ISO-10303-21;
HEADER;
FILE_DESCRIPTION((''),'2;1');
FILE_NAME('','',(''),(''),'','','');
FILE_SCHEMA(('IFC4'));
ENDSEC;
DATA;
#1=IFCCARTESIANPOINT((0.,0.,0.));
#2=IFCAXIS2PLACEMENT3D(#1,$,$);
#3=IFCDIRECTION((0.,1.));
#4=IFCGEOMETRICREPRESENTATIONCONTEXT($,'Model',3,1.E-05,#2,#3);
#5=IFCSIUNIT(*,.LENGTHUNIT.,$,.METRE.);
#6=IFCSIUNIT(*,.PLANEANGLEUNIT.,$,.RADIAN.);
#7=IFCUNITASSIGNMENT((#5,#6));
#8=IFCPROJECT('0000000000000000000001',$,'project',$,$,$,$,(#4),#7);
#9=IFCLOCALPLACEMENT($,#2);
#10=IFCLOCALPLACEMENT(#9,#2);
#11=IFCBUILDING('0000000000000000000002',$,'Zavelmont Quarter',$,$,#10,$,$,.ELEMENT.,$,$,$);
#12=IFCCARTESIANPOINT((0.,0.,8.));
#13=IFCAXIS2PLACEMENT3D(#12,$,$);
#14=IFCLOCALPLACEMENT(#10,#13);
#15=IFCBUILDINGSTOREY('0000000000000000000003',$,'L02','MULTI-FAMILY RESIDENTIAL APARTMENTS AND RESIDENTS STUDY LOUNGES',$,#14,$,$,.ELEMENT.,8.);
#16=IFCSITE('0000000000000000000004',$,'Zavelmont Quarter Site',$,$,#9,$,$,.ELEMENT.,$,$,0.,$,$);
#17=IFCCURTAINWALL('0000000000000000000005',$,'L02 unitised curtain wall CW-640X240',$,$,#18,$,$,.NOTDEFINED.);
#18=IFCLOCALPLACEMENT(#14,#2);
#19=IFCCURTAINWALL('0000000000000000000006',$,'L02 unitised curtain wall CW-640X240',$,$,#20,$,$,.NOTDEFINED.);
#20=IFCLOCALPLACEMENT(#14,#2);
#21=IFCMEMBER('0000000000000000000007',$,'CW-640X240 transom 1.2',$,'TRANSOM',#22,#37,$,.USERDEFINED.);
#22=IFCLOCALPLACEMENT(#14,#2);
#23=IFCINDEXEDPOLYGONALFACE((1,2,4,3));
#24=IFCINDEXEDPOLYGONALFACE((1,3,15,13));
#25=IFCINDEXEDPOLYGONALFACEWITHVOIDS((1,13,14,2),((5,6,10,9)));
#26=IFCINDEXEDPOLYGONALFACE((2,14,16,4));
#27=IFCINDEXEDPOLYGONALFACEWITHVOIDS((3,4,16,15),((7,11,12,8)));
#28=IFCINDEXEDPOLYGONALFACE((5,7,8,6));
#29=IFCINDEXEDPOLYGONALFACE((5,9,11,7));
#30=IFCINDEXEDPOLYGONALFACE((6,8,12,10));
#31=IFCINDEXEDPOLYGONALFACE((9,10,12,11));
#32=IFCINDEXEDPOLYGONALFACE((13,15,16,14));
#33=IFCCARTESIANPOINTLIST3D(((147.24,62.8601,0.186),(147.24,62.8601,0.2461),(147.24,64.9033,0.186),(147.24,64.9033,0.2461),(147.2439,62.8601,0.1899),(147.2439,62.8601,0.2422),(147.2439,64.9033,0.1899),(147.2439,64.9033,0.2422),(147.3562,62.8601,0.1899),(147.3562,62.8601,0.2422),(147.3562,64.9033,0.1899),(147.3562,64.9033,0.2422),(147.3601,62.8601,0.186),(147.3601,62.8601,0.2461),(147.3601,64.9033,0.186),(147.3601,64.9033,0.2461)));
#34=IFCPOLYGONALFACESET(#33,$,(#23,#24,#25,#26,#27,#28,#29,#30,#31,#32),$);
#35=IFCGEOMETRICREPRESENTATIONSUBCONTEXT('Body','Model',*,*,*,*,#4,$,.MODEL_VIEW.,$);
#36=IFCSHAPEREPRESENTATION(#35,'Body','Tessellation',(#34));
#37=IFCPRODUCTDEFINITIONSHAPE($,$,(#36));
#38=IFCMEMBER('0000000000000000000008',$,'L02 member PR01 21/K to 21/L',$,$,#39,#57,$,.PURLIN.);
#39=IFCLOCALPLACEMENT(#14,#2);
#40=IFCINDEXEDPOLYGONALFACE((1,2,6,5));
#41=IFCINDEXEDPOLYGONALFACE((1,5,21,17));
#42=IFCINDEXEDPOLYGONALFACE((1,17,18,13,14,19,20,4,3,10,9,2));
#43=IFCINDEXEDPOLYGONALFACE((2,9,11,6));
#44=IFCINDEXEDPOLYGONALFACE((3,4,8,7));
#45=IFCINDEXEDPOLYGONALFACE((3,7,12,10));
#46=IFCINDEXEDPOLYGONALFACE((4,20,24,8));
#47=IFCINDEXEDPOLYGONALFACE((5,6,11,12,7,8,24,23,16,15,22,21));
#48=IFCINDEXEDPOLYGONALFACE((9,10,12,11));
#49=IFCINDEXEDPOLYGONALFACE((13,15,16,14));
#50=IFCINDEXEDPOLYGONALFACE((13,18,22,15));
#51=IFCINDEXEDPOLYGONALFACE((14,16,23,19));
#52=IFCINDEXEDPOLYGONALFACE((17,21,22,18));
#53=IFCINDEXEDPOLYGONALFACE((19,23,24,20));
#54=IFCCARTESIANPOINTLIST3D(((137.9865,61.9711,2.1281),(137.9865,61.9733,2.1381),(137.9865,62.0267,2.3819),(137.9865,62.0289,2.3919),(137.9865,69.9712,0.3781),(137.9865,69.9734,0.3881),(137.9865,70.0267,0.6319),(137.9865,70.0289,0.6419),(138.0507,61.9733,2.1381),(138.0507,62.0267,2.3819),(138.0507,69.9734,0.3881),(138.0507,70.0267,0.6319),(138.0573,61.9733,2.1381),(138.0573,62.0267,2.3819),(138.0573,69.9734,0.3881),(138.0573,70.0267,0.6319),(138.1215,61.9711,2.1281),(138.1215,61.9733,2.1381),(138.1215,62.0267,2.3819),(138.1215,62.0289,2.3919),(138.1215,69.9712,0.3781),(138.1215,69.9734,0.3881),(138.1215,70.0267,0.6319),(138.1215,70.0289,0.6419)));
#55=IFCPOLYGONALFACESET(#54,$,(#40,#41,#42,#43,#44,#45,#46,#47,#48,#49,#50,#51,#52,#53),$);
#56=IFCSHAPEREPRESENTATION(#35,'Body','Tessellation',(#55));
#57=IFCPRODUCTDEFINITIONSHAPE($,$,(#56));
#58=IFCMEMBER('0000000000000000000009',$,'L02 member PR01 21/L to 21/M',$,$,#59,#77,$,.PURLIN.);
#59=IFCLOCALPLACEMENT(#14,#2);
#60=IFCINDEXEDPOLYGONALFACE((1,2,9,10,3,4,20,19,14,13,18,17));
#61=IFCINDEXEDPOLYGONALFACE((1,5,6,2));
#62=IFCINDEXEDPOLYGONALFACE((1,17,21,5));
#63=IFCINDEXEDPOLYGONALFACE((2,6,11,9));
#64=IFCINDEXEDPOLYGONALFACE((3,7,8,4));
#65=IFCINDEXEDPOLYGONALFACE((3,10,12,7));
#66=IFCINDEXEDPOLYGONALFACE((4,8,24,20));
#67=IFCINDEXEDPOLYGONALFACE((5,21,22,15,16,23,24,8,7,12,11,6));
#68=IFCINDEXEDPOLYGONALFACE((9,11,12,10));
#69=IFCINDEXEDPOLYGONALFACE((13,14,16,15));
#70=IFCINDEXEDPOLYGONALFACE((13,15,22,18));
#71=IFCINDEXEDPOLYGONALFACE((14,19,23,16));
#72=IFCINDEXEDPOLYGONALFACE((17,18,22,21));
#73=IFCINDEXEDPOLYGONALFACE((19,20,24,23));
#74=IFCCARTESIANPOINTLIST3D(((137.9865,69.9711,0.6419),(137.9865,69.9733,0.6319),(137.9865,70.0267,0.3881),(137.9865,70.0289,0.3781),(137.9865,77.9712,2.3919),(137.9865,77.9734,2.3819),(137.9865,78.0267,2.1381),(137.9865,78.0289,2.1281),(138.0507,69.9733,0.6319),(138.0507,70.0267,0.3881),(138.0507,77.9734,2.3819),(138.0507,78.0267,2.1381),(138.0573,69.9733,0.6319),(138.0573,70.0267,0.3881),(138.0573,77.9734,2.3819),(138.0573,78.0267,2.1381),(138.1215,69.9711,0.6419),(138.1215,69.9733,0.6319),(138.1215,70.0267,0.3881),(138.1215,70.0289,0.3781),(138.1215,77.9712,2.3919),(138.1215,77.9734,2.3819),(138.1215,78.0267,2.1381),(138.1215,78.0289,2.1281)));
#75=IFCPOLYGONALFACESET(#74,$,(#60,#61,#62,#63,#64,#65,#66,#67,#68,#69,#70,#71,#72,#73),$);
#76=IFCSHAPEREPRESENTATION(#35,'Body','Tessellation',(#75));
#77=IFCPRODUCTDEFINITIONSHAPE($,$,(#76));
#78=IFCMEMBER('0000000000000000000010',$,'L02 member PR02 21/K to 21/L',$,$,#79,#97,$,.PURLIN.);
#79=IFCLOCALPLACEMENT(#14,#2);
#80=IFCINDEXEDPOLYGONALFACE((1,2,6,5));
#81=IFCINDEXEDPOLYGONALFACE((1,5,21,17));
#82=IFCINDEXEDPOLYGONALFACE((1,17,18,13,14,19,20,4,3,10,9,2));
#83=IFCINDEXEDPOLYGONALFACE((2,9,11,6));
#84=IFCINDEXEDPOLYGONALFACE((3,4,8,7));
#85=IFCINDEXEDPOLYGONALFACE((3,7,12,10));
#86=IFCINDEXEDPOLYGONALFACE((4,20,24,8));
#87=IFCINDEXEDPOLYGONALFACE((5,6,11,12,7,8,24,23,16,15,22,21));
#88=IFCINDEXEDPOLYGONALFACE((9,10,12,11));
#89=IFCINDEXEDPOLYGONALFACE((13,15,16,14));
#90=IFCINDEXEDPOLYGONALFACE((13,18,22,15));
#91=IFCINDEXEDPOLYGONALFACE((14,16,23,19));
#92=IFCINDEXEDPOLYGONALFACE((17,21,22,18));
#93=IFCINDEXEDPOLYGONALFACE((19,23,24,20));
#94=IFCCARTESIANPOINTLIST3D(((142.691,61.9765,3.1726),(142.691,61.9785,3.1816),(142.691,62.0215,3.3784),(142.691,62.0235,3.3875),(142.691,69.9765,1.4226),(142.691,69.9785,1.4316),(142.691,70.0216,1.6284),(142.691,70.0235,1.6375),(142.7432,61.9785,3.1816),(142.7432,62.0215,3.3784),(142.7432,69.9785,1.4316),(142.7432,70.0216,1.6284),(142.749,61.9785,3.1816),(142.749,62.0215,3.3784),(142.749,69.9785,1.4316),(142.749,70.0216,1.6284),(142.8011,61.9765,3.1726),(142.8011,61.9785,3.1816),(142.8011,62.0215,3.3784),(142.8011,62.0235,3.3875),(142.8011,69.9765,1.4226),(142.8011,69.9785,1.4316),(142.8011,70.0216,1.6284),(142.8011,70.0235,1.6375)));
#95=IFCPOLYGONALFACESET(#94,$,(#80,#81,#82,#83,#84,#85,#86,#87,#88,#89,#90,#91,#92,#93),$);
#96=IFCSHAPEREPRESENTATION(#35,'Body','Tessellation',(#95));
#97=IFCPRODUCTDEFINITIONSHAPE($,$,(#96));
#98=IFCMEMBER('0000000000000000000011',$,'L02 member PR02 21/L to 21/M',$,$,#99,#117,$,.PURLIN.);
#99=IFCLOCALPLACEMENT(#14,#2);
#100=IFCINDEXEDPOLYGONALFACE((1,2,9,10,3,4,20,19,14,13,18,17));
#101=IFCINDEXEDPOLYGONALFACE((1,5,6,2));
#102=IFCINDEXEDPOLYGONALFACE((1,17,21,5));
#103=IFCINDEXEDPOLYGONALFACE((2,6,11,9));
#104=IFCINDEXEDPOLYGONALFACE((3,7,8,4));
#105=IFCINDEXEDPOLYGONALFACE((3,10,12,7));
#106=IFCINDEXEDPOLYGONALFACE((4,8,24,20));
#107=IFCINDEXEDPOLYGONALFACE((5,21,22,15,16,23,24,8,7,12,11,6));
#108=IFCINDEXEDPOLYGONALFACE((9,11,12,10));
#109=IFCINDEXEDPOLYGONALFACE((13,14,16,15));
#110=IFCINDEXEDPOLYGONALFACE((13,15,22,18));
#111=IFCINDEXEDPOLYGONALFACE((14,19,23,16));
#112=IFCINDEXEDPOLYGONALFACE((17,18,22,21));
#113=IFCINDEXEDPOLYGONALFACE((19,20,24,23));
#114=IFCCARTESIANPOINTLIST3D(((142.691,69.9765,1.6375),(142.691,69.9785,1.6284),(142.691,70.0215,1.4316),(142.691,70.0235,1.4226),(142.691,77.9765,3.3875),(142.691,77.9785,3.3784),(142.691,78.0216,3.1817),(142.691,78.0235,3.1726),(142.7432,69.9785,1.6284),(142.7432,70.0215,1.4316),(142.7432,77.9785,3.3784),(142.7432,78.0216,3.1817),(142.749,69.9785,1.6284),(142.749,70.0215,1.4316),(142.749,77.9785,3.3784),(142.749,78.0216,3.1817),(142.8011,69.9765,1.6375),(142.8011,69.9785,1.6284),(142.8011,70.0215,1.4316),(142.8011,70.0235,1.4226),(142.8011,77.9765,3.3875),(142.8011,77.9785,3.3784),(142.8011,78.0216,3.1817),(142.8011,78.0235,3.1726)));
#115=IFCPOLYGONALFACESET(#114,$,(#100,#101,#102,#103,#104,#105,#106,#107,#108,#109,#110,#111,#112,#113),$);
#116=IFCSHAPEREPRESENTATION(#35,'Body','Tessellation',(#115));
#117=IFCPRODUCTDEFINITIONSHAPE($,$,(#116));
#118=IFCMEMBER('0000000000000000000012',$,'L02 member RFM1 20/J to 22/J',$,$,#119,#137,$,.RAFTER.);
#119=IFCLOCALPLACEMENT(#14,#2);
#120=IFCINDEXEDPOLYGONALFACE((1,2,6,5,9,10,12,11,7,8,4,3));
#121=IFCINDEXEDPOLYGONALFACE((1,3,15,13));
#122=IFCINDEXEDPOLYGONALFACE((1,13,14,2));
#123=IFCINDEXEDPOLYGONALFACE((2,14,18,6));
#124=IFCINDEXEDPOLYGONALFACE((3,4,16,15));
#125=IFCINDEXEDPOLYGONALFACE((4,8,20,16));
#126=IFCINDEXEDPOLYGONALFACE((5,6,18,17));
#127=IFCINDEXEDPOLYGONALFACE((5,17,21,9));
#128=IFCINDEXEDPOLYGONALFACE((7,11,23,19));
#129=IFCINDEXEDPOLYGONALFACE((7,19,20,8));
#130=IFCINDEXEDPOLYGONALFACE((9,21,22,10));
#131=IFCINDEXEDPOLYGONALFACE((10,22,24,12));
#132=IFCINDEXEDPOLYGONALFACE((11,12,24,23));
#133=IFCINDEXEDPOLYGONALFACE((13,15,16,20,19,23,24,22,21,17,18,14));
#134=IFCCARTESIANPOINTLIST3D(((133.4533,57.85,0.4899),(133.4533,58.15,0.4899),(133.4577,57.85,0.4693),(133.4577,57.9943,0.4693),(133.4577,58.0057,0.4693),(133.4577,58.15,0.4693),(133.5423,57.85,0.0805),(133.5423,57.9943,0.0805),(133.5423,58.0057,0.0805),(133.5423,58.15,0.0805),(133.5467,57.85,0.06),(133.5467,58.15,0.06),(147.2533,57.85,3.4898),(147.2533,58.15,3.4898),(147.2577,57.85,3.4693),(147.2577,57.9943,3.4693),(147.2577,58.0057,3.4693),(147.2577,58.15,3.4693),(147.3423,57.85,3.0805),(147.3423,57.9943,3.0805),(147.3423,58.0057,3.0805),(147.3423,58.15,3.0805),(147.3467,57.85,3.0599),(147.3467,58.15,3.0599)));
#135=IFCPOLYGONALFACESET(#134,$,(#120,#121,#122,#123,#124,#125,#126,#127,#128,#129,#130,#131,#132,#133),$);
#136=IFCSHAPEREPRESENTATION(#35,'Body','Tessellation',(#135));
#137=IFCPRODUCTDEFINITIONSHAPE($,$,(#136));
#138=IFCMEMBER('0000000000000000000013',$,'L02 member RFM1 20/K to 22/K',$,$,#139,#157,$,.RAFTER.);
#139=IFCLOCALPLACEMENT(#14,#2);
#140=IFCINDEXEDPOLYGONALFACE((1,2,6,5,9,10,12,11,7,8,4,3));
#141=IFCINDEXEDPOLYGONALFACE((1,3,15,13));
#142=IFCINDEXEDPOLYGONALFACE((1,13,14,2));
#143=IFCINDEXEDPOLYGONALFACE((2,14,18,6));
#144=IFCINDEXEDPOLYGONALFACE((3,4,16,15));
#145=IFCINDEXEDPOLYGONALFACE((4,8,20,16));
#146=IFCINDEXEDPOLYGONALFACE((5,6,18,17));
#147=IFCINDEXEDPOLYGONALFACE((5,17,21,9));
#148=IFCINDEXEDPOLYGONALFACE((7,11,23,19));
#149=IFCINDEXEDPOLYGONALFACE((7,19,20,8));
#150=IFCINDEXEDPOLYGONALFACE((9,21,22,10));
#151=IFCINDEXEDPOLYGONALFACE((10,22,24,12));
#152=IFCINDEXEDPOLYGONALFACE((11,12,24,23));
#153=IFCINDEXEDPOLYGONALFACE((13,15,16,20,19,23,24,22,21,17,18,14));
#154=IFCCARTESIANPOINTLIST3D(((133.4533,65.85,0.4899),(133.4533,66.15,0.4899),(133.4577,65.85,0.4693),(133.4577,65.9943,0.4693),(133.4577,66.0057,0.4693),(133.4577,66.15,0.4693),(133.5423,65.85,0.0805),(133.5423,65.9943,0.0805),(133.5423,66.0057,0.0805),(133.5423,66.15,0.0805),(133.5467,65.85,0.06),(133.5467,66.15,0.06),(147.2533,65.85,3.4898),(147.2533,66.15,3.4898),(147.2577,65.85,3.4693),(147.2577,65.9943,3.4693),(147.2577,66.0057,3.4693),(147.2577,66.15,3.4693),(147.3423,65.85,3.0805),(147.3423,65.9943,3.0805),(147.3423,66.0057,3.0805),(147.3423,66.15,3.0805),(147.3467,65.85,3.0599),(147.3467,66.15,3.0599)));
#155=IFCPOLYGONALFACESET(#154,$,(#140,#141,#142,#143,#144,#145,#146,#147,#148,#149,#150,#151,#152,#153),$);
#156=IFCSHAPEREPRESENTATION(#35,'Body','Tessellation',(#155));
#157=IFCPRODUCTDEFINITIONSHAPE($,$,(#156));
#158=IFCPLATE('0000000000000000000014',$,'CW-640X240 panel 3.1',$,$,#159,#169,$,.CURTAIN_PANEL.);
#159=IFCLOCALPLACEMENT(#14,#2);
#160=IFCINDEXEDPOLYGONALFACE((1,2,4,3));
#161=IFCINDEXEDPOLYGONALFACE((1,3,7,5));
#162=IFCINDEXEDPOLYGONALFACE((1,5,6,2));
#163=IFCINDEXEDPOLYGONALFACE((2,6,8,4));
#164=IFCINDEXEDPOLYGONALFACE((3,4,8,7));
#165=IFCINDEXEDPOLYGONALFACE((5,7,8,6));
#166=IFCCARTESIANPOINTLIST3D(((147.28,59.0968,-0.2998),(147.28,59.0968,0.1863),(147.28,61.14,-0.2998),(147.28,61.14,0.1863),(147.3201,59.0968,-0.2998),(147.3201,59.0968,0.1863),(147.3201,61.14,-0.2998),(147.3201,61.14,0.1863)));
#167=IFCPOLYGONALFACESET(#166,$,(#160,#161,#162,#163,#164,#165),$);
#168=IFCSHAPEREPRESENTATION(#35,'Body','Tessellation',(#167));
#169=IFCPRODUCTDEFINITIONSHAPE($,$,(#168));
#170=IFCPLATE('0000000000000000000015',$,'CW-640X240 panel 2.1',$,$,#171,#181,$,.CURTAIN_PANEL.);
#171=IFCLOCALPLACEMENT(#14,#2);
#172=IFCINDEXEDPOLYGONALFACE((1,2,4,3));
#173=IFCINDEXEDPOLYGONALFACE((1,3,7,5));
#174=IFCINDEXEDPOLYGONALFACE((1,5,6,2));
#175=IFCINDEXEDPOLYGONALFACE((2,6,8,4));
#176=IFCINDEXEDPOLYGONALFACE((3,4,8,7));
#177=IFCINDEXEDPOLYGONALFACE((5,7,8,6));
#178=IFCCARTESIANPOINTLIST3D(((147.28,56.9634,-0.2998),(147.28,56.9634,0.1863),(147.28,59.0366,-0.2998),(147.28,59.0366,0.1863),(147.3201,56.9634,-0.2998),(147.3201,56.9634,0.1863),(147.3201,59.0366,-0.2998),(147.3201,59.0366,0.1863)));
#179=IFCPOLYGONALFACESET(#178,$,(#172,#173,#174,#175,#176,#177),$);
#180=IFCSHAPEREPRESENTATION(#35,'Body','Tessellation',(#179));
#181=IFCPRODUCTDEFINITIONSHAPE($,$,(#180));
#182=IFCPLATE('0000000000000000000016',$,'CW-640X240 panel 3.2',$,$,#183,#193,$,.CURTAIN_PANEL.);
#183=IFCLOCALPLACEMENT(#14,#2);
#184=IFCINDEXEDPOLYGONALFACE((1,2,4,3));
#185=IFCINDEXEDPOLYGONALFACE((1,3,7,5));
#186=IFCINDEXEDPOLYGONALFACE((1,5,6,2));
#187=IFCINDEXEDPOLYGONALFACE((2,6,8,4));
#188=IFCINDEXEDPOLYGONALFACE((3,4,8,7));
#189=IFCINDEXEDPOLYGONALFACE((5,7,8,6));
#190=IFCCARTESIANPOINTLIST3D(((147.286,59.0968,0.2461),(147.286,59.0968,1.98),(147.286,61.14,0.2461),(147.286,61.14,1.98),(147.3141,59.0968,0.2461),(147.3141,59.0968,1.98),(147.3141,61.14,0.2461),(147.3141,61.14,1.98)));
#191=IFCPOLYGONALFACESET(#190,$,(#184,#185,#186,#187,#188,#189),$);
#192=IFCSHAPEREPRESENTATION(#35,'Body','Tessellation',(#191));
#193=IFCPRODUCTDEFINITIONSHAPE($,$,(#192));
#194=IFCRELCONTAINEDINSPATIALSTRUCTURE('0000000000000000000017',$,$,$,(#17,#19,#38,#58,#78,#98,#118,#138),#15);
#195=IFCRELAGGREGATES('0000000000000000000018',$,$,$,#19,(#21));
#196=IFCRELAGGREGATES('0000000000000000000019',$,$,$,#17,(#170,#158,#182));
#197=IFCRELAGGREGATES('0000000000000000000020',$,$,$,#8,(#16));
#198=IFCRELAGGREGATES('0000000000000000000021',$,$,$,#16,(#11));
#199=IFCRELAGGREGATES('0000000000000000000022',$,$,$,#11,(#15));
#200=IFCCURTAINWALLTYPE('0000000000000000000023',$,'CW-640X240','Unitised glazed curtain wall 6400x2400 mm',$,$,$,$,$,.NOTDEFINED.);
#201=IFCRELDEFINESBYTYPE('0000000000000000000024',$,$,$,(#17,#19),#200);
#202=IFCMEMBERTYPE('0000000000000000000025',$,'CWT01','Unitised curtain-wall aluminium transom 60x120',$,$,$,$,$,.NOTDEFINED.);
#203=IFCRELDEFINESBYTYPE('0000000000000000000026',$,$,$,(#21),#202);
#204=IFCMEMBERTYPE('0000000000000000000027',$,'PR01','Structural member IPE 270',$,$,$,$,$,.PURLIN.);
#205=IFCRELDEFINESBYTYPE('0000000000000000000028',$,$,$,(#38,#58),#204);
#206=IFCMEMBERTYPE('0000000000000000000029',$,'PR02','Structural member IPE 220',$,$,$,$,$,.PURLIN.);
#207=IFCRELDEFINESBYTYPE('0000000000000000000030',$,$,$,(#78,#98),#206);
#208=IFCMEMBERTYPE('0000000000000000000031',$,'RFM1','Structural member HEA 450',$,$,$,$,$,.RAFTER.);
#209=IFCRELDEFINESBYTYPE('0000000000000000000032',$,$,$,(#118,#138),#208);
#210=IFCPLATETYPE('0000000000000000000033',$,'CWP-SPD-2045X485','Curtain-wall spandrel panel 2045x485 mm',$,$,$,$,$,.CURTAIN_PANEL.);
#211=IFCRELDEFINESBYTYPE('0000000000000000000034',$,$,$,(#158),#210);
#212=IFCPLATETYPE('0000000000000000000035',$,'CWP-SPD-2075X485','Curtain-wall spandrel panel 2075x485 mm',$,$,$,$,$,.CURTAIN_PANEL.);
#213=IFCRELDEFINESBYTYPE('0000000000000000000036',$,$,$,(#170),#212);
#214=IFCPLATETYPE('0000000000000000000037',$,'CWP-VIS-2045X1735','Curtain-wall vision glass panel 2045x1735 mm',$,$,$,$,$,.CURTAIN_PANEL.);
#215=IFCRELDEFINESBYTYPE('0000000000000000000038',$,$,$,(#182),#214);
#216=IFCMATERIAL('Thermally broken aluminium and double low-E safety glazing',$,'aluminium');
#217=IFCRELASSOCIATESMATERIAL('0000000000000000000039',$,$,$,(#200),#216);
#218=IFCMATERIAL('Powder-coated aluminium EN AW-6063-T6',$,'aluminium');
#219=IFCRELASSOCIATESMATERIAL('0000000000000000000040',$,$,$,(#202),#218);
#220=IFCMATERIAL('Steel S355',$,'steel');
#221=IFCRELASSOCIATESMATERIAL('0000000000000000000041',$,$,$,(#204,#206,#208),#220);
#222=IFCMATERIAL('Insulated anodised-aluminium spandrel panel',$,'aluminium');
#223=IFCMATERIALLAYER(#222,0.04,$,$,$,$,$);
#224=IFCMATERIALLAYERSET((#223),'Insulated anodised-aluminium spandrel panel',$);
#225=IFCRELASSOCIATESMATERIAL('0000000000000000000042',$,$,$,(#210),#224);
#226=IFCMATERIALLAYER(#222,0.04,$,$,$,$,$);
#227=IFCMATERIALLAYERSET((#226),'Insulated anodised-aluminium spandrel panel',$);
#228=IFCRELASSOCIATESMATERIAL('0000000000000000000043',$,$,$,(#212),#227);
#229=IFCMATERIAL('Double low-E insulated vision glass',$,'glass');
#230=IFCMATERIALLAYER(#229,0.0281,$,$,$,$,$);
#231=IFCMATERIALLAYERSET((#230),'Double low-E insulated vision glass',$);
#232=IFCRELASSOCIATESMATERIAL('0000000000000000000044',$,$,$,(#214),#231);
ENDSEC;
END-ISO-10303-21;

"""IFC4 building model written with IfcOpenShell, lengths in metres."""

from ifc_helpers import new_model, si_unit, direction, frame, origin, origin_2d, place, context, subcontext, project, spatial, rectangle, hollow_rectangle, i_section, extrude, material, layer, layer_set, material_profile, profile_set, type_object, element, aggregate, save


model = new_model("IFC4")

# Units and contexts
model_context = context("Model", 3, precision=1e-05, world=origin(), true_north=direction((0.0, 1.0)))
body_context = subcontext(model_context, "Body", "Model", "MODEL_VIEW")
ifc_project = project(units=[si_unit("LENGTHUNIT", "METRE"), si_unit("PLANEANGLEUNIT", "RADIAN")], contexts=[model_context])

# Site, building, storey
site_placement = place(None, origin())
site = spatial("IfcSite", under=ifc_project, at=site_placement, Name="Zavelmont Quarter Site", CompositionType="ELEMENT", RefElevation=0.0)
building_placement = place(site_placement, origin())
building = spatial("IfcBuilding", under=site, at=building_placement, Name="Zavelmont Quarter", CompositionType="ELEMENT")
storey_placement = place(building_placement, frame((0.0, 0.0, 8.0)))
storey = spatial("IfcBuildingStorey", under=building, at=storey_placement, Name="L02", Description="MULTI-FAMILY RESIDENTIAL APARTMENTS AND RESIDENTS STUDY LOUNGES", CompositionType="ELEMENT", Elevation=8.0)

# Shared definitions
ifc_material_1 = material(Name="Steel S355", Category="steel")

# Curtain wall
ifc_material_2 = material(Name="Thermally broken aluminium and double low-E safety glazing", Category="aluminium")
curtain_wall_type = type_object("IfcCurtainWallType", Name="CW-640X240", Description="Unitised glazed curtain wall 6400x2400 mm", PredefinedType="NOTDEFINED", material=ifc_material_2)
curtain_wall_1_placement = place(storey_placement, origin())
curtain_wall_1 = element("IfcCurtainWall", 1, at=curtain_wall_1_placement, inside=storey, type_object=curtain_wall_type, Name="L02 unitised curtain wall CW-640X240", PredefinedType="NOTDEFINED")
ifc_material_3 = material(Name="Powder-coated aluminium EN AW-6063-T6", Category="aluminium")

# Curtain wall
curtain_wall_2_placement = place(storey_placement, origin())
curtain_wall_2 = element("IfcCurtainWall", 2, at=curtain_wall_2_placement, inside=storey, type_object=curtain_wall_type, Name="L02 unitised curtain wall CW-640X240", PredefinedType="NOTDEFINED")

# Member
ifc_material_profile_1 = material_profile(ifc_material_3, hollow_rectangle(XDim=0.1201, YDim=0.0601, WallThickness=0.0039, at=origin_2d()), Name="CWT60X120")
ifc_profile_set_1 = profile_set([ifc_material_profile_1], Name="Powder-coated aluminium EN AW-6063-T6")
member_type_1 = type_object("IfcMemberType", Name="CWT01", Description="Unitised curtain-wall aluminium transom 60x120", PredefinedType="NOTDEFINED", material=ifc_profile_set_1)
member_1_placement = place(storey_placement, frame((147.3, 62.8601, 0.2161), z_axis=(0.0, 1.0, 0.0), x_axis=(-1.0, 0.0, 0.0)))
member_1 = element("IfcMember", 3, at=member_1_placement, type_object=member_type_1, Name="CW-640X240 transom 1.2", ObjectType="TRANSOM", PredefinedType="USERDEFINED", context=body_context, shape_type="SweptSolid", body=[
    extrude(hollow_rectangle(XDim=0.1201, YDim=0.0601, WallThickness=0.0039, at=origin_2d()), origin(), (0.0, 0.0, 1.0), 2.0432),
])
aggregate(curtain_wall_2, [member_1])

# Members
ifc_material_profile_2 = material_profile(ifc_material_1, i_section(OverallWidth=0.135, OverallDepth=0.27, WebThickness=0.0066, FlangeThickness=0.0103, at=origin_2d()), Name="IPE 270")
ifc_profile_set_2 = profile_set([ifc_material_profile_2], Name="Steel S355")
member_type_2 = type_object("IfcMemberType", Name="PR01", Description="Structural member IPE 270", PredefinedType="PURLIN", material=ifc_profile_set_2)
for number, where, z_axis, x_axis, name in (
    (4, (138.054, 62.0, 2.26), (0.0, 0.9769, -0.213697), (-1.0, 0.0, 0.0), "L02 member PR01 21/K to 21/L"),
    (5, (138.054, 70.0, 0.51), (0.0, 0.9769, 0.213697), (-1.0, 0.0, 0.0), "L02 member PR01 21/L to 21/M"),
):
    element("IfcMember", number, at=place(storey_placement, frame(where, z_axis=z_axis, x_axis=x_axis)), inside=storey, type_object=member_type_2, Name=name, PredefinedType="PURLIN", context=body_context, shape_type="SweptSolid", body=[
        extrude(i_section(OverallWidth=0.135, OverallDepth=0.27, WebThickness=0.0066, FlangeThickness=0.0103, at=origin_2d()), origin(), (0.0, 0.0, 1.0), 8.1892),
    ])
ifc_material_profile_3 = material_profile(ifc_material_1, i_section(OverallWidth=0.1101, OverallDepth=0.22, WebThickness=0.0059, FlangeThickness=0.0093, at=origin_2d()), Name="IPE 220")
ifc_profile_set_3 = profile_set([ifc_material_profile_3], Name="Steel S355")
member_type_3 = type_object("IfcMemberType", Name="PR02", Description="Structural member IPE 220", PredefinedType="PURLIN", material=ifc_profile_set_3)
for number, where, z_axis, x_axis, name in (
    (6, (142.7461, 62.0, 3.28), (0.0, 0.9769, -0.213697), (-1.0, 0.0, 0.0), "L02 member PR02 21/K to 21/L"),
    (7, (142.7461, 70.0, 1.53), (0.0, 0.9769, 0.213697), (-1.0, 0.0, 0.0), "L02 member PR02 21/L to 21/M"),
):
    element("IfcMember", number, at=place(storey_placement, frame(where, z_axis=z_axis, x_axis=x_axis)), inside=storey, type_object=member_type_3, Name=name, PredefinedType="PURLIN", context=body_context, shape_type="SweptSolid", body=[
        extrude(i_section(OverallWidth=0.1101, OverallDepth=0.22, WebThickness=0.0059, FlangeThickness=0.0093, at=origin_2d()), origin(), (0.0, 0.0, 1.0), 8.1892),
    ])
ifc_material_profile_4 = material_profile(ifc_material_1, i_section(OverallWidth=0.3, OverallDepth=0.4399, WebThickness=0.0115, FlangeThickness=0.021, at=origin_2d()), Name="HEA 450")
ifc_profile_set_4 = profile_set([ifc_material_profile_4], Name="Steel S355")
member_type_4 = type_object("IfcMemberType", Name="RFM1", Description="Structural member HEA 450", PredefinedType="RAFTER", material=ifc_profile_set_4)
for number, where, z_axis, x_axis, name in (
    (8, (133.5, 58.0, 0.2749), (0.977177, 0.0, 0.212429), (0.0, 1.0, 0.0), "L02 member RFM1 20/J to 22/J"),
    (9, (133.5, 66.0, 0.2749), (0.977177, 0.0, 0.212429), (0.0, 1.0, 0.0), "L02 member RFM1 20/K to 22/K"),
):
    element("IfcMember", number, at=place(storey_placement, frame(where, z_axis=z_axis, x_axis=x_axis)), inside=storey, type_object=member_type_4, Name=name, PredefinedType="RAFTER", context=body_context, shape_type="SweptSolid", body=[
        extrude(i_section(OverallWidth=0.3, OverallDepth=0.4399, WebThickness=0.0115, FlangeThickness=0.021, at=origin_2d()), origin(), (0.0, 0.0, 1.0), 14.1223),
    ])

# Plates
ifc_material_4 = material(Name="Insulated anodised-aluminium spandrel panel", Category="aluminium")
ifc_layer_1 = layer(ifc_material_4, 0.04)
ifc_layer_set_1 = layer_set([ifc_layer_1], Name="Insulated anodised-aluminium spandrel panel")
plate_type_1 = type_object("IfcPlateType", Name="CWP-SPD-2045X485", Description="Curtain-wall spandrel panel 2045x485 mm", PredefinedType="CURTAIN_PANEL", material=ifc_layer_set_1)
plate_1_placement = place(storey_placement, frame((147.3, 60.1184, -0.2998), z_axis=(0.0, 0.0, 1.0), x_axis=(0.0, 1.0, 0.0)))
plate_1 = element("IfcPlate", 10, at=plate_1_placement, type_object=plate_type_1, Name="CW-640X240 panel 3.1", PredefinedType="CURTAIN_PANEL", context=body_context, shape_type="SweptSolid", body=[
    extrude(rectangle(XDim=2.0432, YDim=0.04, at=origin_2d()), origin(), (0.0, 0.0, 1.0), 0.4861),
])
ifc_layer_2 = layer(ifc_material_4, 0.04)
ifc_layer_set_2 = layer_set([ifc_layer_2], Name="Insulated anodised-aluminium spandrel panel")
plate_type_2 = type_object("IfcPlateType", Name="CWP-SPD-2075X485", Description="Curtain-wall spandrel panel 2075x485 mm", PredefinedType="CURTAIN_PANEL", material=ifc_layer_set_2)
plate_2_placement = place(storey_placement, frame((147.3, 58.0, -0.2998), z_axis=(0.0, 0.0, 1.0), x_axis=(0.0, 1.0, 0.0)))
plate_2 = element("IfcPlate", 11, at=plate_2_placement, type_object=plate_type_2, Name="CW-640X240 panel 2.1", PredefinedType="CURTAIN_PANEL", context=body_context, shape_type="SweptSolid", body=[
    extrude(rectangle(XDim=2.0732, YDim=0.04, at=origin_2d()), origin(), (0.0, 0.0, 1.0), 0.4861),
])
ifc_material_5 = material(Name="Double low-E insulated vision glass", Category="glass")
ifc_layer_3 = layer(ifc_material_5, 0.0281)
ifc_layer_set_3 = layer_set([ifc_layer_3], Name="Double low-E insulated vision glass")
plate_type_3 = type_object("IfcPlateType", Name="CWP-VIS-2045X1735", Description="Curtain-wall vision glass panel 2045x1735 mm", PredefinedType="CURTAIN_PANEL", material=ifc_layer_set_3)
plate_3_placement = place(storey_placement, frame((147.3, 60.1184, 0.2461), z_axis=(0.0, 0.0, 1.0), x_axis=(0.0, 1.0, 0.0)))
plate_3 = element("IfcPlate", 12, at=plate_3_placement, type_object=plate_type_3, Name="CW-640X240 panel 3.2", PredefinedType="CURTAIN_PANEL", context=body_context, shape_type="SweptSolid", body=[
    extrude(rectangle(XDim=2.0432, YDim=0.0281, at=origin_2d()), origin(), (0.0, 0.0, 1.0), 1.7339),
])
aggregate(curtain_wall_1, [plate_2, plate_1, plate_3])

save(model, "model.ifc")
